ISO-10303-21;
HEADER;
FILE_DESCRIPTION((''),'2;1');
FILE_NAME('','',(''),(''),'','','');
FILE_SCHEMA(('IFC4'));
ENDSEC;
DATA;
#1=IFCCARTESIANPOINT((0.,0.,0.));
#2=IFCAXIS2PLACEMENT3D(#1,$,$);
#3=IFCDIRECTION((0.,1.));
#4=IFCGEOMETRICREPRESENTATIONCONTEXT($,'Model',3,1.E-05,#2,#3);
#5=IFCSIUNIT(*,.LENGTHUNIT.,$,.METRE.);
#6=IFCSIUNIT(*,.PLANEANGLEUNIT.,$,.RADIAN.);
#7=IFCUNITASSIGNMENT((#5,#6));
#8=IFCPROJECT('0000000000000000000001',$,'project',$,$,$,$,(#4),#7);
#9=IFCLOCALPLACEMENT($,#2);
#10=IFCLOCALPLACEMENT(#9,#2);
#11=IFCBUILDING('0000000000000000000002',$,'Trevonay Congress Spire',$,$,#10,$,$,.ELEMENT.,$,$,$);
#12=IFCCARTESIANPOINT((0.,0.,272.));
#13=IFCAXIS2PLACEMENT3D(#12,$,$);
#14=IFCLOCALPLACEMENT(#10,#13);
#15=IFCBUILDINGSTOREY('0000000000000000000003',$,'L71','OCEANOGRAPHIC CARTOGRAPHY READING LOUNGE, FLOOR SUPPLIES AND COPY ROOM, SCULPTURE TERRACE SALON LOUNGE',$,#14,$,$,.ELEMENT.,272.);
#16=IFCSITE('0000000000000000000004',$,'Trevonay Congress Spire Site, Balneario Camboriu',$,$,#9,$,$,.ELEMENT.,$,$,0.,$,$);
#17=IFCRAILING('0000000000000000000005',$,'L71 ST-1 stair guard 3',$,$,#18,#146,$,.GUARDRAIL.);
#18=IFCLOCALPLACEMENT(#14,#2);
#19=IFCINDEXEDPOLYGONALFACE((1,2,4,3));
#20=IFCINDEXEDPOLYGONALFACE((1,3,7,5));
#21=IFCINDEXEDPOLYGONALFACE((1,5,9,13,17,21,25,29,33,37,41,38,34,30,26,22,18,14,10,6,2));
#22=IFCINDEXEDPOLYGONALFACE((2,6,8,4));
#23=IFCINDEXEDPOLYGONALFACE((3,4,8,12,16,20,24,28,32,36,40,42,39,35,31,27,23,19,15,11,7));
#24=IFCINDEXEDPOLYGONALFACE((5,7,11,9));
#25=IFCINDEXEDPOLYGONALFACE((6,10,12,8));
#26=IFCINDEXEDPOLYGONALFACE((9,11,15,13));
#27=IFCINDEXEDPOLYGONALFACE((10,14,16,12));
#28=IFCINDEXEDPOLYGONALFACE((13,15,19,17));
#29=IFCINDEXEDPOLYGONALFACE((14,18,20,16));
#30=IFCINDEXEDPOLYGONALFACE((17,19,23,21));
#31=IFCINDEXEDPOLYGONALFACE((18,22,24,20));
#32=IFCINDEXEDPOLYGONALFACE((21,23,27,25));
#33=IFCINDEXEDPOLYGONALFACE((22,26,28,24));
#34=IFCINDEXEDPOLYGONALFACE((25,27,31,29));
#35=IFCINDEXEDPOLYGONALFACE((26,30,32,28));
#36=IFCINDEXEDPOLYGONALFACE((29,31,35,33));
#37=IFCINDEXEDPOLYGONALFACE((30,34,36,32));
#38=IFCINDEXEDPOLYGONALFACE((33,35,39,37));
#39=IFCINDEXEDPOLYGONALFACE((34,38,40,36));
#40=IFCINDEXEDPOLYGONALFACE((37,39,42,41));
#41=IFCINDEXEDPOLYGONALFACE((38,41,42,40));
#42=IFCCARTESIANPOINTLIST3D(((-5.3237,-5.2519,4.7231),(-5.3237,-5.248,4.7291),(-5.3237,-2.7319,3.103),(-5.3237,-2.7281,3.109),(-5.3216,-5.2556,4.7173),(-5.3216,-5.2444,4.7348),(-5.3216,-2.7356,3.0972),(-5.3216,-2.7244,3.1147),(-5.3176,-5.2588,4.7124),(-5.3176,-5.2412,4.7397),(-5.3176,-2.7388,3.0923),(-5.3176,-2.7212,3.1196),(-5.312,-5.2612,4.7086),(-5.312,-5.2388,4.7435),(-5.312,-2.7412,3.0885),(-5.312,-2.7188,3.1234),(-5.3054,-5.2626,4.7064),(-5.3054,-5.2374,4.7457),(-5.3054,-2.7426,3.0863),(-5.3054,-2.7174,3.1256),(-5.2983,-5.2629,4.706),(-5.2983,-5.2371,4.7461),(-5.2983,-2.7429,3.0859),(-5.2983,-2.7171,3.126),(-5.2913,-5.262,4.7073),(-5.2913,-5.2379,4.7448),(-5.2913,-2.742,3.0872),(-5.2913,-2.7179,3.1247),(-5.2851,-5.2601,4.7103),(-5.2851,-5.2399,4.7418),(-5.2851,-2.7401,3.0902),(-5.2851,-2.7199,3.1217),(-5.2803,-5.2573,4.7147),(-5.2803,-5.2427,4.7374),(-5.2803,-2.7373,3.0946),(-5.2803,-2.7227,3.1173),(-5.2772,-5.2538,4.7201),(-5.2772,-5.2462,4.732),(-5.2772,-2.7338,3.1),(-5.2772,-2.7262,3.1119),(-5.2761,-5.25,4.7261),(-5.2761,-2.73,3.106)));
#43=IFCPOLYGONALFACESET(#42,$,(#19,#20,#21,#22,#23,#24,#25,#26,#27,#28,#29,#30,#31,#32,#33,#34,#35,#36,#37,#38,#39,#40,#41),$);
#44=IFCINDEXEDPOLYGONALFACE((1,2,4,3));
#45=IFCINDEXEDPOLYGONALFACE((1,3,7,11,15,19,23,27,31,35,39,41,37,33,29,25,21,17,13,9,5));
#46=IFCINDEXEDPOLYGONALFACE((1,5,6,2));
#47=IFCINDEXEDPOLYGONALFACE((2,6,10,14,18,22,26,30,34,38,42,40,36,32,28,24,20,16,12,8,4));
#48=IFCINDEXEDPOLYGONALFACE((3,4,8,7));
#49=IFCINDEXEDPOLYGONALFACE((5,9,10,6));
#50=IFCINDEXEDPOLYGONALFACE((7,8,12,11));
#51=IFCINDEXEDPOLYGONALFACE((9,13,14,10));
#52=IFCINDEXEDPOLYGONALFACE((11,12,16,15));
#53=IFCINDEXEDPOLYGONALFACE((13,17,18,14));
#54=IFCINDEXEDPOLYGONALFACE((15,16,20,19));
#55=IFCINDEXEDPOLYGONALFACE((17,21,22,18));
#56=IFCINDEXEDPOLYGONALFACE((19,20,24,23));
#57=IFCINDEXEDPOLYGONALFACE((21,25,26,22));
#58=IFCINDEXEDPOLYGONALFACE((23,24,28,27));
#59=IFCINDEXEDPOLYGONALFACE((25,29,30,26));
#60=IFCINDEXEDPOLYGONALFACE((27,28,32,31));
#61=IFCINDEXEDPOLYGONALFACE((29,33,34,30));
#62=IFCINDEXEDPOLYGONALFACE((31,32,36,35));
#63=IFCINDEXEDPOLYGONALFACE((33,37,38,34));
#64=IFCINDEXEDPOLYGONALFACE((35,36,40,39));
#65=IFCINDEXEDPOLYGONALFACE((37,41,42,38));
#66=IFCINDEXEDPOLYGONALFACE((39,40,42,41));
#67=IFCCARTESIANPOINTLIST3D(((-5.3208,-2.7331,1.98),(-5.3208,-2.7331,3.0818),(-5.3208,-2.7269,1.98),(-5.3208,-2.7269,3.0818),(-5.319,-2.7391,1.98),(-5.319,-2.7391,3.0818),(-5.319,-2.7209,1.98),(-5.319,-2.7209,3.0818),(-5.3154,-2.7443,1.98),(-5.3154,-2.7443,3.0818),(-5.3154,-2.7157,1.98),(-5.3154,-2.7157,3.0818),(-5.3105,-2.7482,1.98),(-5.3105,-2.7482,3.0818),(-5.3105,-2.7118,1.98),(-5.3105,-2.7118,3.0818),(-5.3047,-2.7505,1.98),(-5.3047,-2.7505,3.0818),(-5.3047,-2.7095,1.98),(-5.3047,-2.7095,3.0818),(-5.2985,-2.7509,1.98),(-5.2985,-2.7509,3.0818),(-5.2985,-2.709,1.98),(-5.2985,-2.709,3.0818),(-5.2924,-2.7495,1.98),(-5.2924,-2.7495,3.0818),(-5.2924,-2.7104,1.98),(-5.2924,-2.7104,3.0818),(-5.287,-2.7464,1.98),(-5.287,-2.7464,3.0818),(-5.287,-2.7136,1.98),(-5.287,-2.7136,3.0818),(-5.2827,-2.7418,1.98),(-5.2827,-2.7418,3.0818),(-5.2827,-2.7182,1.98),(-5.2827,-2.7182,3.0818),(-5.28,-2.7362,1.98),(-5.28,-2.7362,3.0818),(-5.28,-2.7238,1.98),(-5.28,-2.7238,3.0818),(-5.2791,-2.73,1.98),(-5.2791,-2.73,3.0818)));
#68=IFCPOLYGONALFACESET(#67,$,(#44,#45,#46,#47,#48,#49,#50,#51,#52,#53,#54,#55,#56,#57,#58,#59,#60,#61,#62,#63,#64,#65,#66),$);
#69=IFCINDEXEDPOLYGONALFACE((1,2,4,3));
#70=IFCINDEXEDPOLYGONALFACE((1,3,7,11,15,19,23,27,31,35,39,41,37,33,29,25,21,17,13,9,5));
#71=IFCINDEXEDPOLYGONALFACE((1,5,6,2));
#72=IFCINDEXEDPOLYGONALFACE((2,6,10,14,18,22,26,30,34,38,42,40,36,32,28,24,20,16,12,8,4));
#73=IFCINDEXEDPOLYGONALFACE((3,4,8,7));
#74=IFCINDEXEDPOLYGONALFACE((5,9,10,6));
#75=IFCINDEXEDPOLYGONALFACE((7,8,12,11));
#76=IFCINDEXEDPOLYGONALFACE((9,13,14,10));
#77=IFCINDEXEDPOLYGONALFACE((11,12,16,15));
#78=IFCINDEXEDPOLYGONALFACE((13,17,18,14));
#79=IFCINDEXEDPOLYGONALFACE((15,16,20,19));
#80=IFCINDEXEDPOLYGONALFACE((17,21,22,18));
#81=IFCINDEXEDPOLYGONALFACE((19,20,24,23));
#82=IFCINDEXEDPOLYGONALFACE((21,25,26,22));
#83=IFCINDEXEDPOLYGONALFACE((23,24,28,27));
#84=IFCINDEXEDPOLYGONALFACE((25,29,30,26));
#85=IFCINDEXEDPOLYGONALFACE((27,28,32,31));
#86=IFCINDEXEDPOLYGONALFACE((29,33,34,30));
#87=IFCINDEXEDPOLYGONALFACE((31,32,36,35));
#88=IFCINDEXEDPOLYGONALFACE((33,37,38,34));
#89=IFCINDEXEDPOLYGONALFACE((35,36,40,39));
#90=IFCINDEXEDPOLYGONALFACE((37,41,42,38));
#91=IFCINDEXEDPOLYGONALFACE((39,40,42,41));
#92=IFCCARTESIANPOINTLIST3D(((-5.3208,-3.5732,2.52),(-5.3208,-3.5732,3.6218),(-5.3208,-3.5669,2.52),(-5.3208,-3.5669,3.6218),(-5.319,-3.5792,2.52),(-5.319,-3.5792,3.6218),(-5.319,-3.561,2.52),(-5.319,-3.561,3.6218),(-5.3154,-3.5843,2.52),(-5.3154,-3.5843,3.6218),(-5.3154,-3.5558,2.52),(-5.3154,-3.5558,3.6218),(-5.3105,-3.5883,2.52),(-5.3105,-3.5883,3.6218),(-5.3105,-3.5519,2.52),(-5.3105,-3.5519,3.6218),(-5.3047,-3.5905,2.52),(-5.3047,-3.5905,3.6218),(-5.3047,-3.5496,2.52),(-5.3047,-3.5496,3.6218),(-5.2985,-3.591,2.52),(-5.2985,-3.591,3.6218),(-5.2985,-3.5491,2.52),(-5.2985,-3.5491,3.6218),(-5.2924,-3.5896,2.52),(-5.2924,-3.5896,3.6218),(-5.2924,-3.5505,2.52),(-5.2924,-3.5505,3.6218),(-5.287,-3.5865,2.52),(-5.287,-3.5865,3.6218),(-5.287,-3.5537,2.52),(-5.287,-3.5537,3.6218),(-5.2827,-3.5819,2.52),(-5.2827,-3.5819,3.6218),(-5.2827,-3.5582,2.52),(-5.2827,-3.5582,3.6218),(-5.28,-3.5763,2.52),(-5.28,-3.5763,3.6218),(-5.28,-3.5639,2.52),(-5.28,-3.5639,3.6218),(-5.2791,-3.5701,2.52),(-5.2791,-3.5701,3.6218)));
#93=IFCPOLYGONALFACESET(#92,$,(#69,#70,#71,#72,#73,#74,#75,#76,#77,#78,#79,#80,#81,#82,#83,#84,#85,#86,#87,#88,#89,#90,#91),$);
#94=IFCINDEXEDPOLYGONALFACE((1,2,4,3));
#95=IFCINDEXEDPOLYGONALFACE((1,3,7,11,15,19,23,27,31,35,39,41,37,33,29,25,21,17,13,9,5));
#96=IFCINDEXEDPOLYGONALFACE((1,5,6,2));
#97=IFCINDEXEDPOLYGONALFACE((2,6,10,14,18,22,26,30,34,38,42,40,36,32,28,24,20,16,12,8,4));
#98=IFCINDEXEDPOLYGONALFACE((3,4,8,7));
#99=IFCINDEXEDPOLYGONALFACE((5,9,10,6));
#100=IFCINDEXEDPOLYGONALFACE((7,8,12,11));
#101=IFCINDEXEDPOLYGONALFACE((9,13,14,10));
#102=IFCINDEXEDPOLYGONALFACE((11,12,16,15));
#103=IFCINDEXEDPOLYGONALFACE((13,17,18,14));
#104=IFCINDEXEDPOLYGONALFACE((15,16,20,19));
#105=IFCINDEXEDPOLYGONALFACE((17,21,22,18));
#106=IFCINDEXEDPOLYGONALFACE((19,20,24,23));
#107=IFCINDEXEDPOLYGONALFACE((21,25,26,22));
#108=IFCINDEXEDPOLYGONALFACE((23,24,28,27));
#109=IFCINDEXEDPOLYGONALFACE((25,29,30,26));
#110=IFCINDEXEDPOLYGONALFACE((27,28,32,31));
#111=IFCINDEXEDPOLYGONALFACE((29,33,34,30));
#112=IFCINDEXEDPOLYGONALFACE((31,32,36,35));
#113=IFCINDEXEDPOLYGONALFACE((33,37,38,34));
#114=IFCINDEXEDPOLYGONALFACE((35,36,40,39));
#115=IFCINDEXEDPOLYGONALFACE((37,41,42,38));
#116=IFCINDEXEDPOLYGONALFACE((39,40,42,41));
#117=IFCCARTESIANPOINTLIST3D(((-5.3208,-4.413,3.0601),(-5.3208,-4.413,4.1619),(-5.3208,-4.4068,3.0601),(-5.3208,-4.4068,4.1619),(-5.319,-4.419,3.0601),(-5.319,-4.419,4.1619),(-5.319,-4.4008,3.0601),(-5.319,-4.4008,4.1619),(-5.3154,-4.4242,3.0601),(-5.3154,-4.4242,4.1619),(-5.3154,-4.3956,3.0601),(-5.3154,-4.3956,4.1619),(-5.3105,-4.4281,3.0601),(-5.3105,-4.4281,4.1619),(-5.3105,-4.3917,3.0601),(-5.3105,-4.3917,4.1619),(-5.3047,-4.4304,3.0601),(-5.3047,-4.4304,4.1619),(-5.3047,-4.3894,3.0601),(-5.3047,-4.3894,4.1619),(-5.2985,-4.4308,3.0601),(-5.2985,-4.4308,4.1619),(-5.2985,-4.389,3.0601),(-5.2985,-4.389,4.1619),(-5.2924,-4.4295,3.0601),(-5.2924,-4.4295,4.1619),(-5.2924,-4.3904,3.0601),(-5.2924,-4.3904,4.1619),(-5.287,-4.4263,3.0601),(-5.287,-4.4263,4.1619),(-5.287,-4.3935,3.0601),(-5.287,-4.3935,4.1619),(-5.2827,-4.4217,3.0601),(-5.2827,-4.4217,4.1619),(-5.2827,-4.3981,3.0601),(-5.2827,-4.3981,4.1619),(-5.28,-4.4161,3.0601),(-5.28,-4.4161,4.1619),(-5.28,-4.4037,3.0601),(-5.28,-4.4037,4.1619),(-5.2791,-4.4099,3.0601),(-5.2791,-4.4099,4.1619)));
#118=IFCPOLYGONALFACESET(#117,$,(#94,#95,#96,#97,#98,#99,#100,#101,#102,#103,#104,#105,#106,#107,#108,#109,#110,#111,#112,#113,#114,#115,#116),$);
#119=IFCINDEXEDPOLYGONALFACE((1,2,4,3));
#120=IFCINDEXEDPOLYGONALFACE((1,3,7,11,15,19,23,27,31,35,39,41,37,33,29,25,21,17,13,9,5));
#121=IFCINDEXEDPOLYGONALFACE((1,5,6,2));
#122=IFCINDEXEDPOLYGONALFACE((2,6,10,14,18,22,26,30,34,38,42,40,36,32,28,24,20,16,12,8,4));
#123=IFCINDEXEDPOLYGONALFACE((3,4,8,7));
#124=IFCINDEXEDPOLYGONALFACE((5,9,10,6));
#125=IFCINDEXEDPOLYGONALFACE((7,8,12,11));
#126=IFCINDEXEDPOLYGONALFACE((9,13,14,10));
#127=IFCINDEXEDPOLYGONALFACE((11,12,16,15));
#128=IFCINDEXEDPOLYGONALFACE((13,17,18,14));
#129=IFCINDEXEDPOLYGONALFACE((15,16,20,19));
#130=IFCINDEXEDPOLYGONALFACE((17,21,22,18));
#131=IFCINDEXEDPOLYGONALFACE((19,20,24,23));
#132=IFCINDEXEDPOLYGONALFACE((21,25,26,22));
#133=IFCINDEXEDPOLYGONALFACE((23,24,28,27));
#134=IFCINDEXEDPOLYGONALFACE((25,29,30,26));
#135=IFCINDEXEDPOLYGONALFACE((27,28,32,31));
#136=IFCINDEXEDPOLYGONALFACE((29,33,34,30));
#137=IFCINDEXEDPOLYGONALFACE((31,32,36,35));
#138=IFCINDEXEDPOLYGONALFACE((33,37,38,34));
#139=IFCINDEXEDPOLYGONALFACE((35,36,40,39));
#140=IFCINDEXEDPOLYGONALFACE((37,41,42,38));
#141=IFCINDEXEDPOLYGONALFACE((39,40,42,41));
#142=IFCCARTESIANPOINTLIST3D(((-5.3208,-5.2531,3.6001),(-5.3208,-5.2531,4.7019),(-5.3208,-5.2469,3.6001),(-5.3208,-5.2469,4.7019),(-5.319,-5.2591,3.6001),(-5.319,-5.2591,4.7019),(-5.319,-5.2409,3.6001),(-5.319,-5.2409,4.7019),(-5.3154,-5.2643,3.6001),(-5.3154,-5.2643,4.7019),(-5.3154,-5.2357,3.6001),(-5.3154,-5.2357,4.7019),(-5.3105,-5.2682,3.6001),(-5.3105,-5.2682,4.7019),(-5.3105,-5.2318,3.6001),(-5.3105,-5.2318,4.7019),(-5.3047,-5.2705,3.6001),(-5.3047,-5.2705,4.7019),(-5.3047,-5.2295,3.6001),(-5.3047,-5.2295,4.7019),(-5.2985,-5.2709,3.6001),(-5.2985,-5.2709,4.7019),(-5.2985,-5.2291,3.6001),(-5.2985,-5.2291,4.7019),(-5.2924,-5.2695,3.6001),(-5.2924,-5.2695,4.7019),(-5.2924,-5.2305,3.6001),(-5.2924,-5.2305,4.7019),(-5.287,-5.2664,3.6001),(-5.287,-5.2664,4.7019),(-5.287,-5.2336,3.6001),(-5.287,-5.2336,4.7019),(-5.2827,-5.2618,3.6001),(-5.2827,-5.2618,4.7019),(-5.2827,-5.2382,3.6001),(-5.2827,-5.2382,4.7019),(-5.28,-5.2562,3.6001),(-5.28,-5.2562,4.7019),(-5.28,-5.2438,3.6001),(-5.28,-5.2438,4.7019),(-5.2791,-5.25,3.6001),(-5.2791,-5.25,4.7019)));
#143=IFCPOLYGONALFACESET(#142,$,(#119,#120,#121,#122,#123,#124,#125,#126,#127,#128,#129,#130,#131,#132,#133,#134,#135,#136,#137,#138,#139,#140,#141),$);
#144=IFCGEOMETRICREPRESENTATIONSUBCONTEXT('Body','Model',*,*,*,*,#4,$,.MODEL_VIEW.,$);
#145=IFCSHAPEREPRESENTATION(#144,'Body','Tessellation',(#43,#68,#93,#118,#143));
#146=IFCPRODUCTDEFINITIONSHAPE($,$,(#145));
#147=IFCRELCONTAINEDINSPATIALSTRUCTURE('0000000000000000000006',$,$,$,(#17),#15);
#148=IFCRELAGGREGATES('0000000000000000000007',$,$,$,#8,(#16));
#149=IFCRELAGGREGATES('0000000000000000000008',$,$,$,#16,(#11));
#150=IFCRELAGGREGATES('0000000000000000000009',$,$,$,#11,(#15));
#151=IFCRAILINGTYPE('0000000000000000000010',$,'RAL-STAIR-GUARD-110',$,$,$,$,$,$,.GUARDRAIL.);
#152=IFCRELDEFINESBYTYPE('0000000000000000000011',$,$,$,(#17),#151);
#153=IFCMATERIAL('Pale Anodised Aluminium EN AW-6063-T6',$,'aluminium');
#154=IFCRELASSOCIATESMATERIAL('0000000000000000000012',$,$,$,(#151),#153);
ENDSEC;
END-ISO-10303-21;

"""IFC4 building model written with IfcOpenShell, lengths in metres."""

from ifc_helpers import new_model, si_unit, direction, frame, origin, origin_2d, place, context, subcontext, project, spatial, circle, extrude, material, type_object, element, save


model = new_model("IFC4")

# Units and contexts
model_context = context("Model", 3, precision=1e-05, world=origin(), true_north=direction((0.0, 1.0)))
body_context = subcontext(model_context, "Body", "Model", "MODEL_VIEW")
ifc_project = project(units=[si_unit("LENGTHUNIT", "METRE"), si_unit("PLANEANGLEUNIT", "RADIAN")], contexts=[model_context])

# Site, building, storey
site_placement = place(None, origin())
site = spatial("IfcSite", under=ifc_project, at=site_placement, Name="Trevonay Congress Spire Site, Balneario Camboriu", CompositionType="ELEMENT", RefElevation=0.0)
building_placement = place(site_placement, origin())
building = spatial("IfcBuilding", under=site, at=building_placement, Name="Trevonay Congress Spire", CompositionType="ELEMENT")
storey_placement = place(building_placement, frame((0.0, 0.0, 272.0)))
storey = spatial("IfcBuildingStorey", under=building, at=storey_placement, Name="L71", Description="OCEANOGRAPHIC CARTOGRAPHY READING LOUNGE, FLOOR SUPPLIES AND COPY ROOM, SCULPTURE TERRACE SALON LOUNGE", CompositionType="ELEMENT", Elevation=272.0)

# Shared definitions
ifc_material_1 = material(Name="Pale Anodised Aluminium EN AW-6063-T6", Category="aluminium")

# Railing
railing_type_1 = type_object("IfcRailingType", Name="RAL-STAIR-GUARD-110", PredefinedType="GUARDRAIL", material=ifc_material_1)
railing_1_placement = place(storey_placement, frame((-5.3, -2.73, 1.98)))
element("IfcRailing", 1, at=railing_1_placement, inside=storey, type_object=railing_type_1, Name="L71 ST-1 stair guard 3", PredefinedType="GUARDRAIL", context=body_context, shape_type="SweptSolid", body=[
    extrude(circle(Radius=0.0239, at=origin_2d()), frame((0.0, 0.0, 1.126), z_axis=(0.0, -0.841163, 0.540782), x_axis=(1.0, 0.0, 0.0)), (0.0, 0.0, 1.0), 2.9958),
    extrude(circle(Radius=0.021, at=origin_2d()), origin(), (0.0, 0.0, 1.0), 1.1018),
    extrude(circle(Radius=0.021, at=origin_2d()), frame((0.0, -0.8401, 0.54)), (0.0, 0.0, 1.0), 1.1018),
    extrude(circle(Radius=0.021, at=origin_2d()), frame((0.0, -1.6799, 1.0801)), (0.0, 0.0, 1.0), 1.1018),
    extrude(circle(Radius=0.021, at=origin_2d()), frame((0.0, -2.52, 1.6201)), (0.0, 0.0, 1.0), 1.1018),
])

save(model, "model.ifc")
